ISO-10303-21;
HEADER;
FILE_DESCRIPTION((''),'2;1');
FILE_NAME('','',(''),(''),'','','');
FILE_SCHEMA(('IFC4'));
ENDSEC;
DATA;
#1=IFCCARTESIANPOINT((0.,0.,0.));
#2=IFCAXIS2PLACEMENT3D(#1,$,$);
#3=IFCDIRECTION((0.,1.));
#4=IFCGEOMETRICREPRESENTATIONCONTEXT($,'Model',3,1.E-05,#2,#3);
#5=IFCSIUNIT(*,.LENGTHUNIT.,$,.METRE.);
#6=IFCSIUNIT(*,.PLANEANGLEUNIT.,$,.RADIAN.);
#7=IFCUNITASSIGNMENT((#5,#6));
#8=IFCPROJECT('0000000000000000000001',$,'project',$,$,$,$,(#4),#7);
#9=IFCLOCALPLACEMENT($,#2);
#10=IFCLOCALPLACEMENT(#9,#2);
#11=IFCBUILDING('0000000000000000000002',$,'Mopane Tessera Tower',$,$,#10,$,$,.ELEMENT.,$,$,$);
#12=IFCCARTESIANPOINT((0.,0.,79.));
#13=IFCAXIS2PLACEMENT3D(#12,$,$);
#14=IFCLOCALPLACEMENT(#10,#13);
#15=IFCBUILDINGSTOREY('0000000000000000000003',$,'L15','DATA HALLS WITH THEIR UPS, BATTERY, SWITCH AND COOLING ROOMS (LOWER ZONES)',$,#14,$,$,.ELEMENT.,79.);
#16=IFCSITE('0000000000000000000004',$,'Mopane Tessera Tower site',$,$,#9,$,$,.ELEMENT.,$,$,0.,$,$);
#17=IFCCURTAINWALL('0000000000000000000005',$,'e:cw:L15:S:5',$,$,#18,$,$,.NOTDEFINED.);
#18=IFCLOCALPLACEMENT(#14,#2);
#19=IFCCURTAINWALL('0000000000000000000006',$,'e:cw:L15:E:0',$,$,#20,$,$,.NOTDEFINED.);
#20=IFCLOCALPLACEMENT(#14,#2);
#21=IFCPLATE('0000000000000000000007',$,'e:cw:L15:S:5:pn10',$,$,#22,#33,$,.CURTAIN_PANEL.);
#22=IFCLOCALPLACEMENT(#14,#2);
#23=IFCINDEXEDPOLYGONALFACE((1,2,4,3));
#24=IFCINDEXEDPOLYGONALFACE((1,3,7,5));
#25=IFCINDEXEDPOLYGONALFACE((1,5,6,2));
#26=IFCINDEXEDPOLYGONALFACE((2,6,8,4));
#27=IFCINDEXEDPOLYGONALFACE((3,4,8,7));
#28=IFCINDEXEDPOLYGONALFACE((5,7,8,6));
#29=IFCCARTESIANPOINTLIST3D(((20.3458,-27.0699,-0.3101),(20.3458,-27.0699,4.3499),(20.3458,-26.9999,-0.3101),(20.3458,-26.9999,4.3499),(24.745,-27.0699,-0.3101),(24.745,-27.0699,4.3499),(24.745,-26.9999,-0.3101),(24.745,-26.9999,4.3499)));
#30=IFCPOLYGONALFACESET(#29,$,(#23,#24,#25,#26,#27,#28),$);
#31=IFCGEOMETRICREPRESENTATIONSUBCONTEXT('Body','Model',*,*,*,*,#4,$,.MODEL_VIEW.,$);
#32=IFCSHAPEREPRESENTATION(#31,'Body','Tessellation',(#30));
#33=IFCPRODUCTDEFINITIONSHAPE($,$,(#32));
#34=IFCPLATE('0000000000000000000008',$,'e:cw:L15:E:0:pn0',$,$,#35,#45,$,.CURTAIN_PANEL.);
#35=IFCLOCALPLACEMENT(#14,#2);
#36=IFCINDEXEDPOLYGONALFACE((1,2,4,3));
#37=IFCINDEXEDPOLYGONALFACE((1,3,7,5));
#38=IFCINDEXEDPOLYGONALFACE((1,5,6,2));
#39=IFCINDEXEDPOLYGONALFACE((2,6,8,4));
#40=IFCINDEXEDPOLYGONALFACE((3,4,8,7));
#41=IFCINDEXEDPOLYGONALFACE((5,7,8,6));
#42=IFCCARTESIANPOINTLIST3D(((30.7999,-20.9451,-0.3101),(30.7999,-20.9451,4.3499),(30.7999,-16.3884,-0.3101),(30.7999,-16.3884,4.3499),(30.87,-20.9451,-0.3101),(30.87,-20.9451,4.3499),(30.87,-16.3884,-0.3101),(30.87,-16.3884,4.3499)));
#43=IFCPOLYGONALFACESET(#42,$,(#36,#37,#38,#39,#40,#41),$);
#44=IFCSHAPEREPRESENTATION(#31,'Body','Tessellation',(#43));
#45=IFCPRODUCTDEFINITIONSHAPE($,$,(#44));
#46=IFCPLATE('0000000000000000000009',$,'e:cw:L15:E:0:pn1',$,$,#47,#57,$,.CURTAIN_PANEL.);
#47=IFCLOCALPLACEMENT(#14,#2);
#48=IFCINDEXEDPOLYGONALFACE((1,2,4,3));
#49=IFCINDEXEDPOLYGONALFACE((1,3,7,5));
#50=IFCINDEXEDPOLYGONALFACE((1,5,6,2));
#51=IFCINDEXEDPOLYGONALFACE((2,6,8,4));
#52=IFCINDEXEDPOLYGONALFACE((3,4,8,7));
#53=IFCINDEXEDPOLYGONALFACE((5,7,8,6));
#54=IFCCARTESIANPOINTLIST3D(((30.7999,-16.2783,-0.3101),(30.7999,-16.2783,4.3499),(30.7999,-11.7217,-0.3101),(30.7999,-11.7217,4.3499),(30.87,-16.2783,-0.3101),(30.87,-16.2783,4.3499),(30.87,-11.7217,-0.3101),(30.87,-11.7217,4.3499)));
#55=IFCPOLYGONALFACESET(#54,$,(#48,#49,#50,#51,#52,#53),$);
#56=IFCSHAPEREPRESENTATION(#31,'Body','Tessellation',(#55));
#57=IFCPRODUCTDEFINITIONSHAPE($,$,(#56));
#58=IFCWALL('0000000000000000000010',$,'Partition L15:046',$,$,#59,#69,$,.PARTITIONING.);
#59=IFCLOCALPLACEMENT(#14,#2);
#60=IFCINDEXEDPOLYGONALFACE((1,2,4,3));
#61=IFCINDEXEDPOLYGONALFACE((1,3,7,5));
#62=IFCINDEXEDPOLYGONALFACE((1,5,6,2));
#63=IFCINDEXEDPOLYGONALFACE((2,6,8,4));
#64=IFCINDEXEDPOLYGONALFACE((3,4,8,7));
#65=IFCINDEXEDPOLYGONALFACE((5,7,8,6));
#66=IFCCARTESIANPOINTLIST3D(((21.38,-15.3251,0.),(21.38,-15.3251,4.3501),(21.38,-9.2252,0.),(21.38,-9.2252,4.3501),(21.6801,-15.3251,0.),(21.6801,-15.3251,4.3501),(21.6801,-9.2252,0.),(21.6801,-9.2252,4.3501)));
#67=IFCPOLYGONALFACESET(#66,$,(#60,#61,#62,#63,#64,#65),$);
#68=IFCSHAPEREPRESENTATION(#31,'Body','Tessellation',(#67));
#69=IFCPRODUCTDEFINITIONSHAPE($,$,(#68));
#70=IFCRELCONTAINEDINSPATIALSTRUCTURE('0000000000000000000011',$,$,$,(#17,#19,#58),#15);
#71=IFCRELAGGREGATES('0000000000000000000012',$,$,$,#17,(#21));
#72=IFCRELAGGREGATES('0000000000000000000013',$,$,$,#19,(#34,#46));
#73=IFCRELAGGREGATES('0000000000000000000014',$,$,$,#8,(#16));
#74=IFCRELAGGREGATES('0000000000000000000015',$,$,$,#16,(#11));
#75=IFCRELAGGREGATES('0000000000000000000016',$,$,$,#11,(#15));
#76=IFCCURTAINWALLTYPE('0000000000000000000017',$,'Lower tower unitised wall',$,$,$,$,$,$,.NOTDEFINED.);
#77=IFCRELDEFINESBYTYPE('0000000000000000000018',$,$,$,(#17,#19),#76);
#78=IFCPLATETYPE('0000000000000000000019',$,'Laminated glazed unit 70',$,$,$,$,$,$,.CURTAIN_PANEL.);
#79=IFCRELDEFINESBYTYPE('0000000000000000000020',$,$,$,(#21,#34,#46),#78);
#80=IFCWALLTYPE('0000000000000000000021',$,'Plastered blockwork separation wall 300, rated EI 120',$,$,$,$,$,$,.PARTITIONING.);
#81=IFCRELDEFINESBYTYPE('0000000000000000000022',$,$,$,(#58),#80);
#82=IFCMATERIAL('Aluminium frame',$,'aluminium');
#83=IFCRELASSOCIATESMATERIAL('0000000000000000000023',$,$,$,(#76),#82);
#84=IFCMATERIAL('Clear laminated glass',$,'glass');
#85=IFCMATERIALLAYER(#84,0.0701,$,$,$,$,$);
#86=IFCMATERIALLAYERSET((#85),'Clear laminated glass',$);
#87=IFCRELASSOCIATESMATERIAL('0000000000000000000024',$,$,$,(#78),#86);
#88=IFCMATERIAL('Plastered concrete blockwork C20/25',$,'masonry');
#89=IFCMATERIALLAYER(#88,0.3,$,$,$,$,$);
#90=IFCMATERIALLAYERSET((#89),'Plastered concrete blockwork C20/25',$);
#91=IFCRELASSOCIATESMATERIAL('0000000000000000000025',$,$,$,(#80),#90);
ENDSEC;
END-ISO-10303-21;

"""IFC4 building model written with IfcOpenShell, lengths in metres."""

from ifc_helpers import new_model, si_unit, direction, frame, frame_2d, origin, origin_2d, place, context, subcontext, project, spatial, rectangle, extrude, material, layer, layer_set, type_object, element, aggregate, save


model = new_model("IFC4")

# Units and contexts
model_context = context("Model", 3, precision=1e-05, world=origin(), true_north=direction((0.0, 1.0)))
body_context = subcontext(model_context, "Body", "Model", "MODEL_VIEW")
ifc_project = project(units=[si_unit("LENGTHUNIT", "METRE"), si_unit("PLANEANGLEUNIT", "RADIAN")], contexts=[model_context])

# Site, building, storey
site_placement = place(None, origin())
site = spatial("IfcSite", under=ifc_project, at=site_placement, Name="Mopane Tessera Tower site", CompositionType="ELEMENT", RefElevation=0.0)
building_placement = place(site_placement, origin())
building = spatial("IfcBuilding", under=site, at=building_placement, Name="Mopane Tessera Tower", CompositionType="ELEMENT")
storey_placement = place(building_placement, frame((0.0, 0.0, 79.0)))
storey = spatial("IfcBuildingStorey", under=building, at=storey_placement, Name="L15", Description="DATA HALLS WITH THEIR UPS, BATTERY, SWITCH AND COOLING ROOMS (LOWER ZONES)", CompositionType="ELEMENT", Elevation=79.0)

# Curtain walls
ifc_material_1 = material(Name="Aluminium frame", Category="aluminium")
curtain_wall_type = type_object("IfcCurtainWallType", Name="Lower tower unitised wall", PredefinedType="NOTDEFINED", material=ifc_material_1)
curtain_wall_1_placement = place(storey_placement, origin())
curtain_wall_1 = element("IfcCurtainWall", 1, at=curtain_wall_1_placement, inside=storey, type_object=curtain_wall_type, Name="e:cw:L15:S:5", PredefinedType="NOTDEFINED")
curtain_wall_2_placement = place(storey_placement, origin())
curtain_wall_2 = element("IfcCurtainWall", 2, at=curtain_wall_2_placement, inside=storey, type_object=curtain_wall_type, Name="e:cw:L15:E:0", PredefinedType="NOTDEFINED")

# Plates
ifc_material_2 = material(Name="Clear laminated glass", Category="glass")
ifc_layer_1 = layer(ifc_material_2, 0.0701)
ifc_layer_set_1 = layer_set([ifc_layer_1], Name="Clear laminated glass")
plate_type = type_object("IfcPlateType", Name="Laminated glazed unit 70", PredefinedType="CURTAIN_PANEL", material=ifc_layer_set_1)
plate_1_placement = place(storey_placement, frame((22.5454, -27.0349, -0.3101), z_axis=(0.0, 0.0, 1.0), x_axis=(1.0, 0.0, 0.0)))
plate_1 = element("IfcPlate", 3, at=plate_1_placement, type_object=plate_type, Name="e:cw:L15:S:5:pn10", PredefinedType="CURTAIN_PANEL", context=body_context, shape_type="SweptSolid", body=[
    extrude(rectangle(XDim=4.3992, YDim=0.0701, at=origin_2d()), origin(), (0.0, 0.0, 1.0), 4.6599),
])
aggregate(curtain_wall_1, [plate_1])
plate_2_placement = place(storey_placement, frame((30.835, -18.6667, -0.3101), z_axis=(0.0, 0.0, 1.0), x_axis=(0.0, 1.0, 0.0)))
plate_2 = element("IfcPlate", 4, at=plate_2_placement, type_object=plate_type, Name="e:cw:L15:E:0:pn0", PredefinedType="CURTAIN_PANEL", context=body_context, shape_type="SweptSolid", body=[
    extrude(rectangle(XDim=4.5566, YDim=0.0701, at=origin_2d()), origin(), (0.0, 0.0, 1.0), 4.6599),
])
plate_3_placement = place(storey_placement, frame((30.835, -14.0, -0.3101), z_axis=(0.0, 0.0, 1.0), x_axis=(0.0, 1.0, 0.0)))
plate_3 = element("IfcPlate", 5, at=plate_3_placement, type_object=plate_type, Name="e:cw:L15:E:0:pn1", PredefinedType="CURTAIN_PANEL", context=body_context, shape_type="SweptSolid", body=[
    extrude(rectangle(XDim=4.5566, YDim=0.0701, at=origin_2d()), origin(), (0.0, 0.0, 1.0), 4.6599),
])
aggregate(curtain_wall_2, [plate_2, plate_3])

# Wall
ifc_material_3 = material(Name="Plastered concrete blockwork C20/25", Category="masonry")
ifc_layer_2 = layer(ifc_material_3, 0.3)
ifc_layer_set_2 = layer_set([ifc_layer_2], Name="Plastered concrete blockwork C20/25")
wall_type = type_object("IfcWallType", Name="Plastered blockwork separation wall 300, rated EI 120", PredefinedType="PARTITIONING", material=ifc_layer_set_2)
wall_placement = place(storey_placement, frame((21.53, -15.325, 0.0), z_axis=(0.0, 0.0, 1.0), x_axis=(0.0, 1.0, 0.0)))
element("IfcWall", 6, at=wall_placement, inside=storey, type_object=wall_type, Name="Partition L15:046", PredefinedType="PARTITIONING", context=body_context, shape_type="SweptSolid", body=[
    extrude(rectangle(XDim=6.0999, YDim=0.3, at=frame_2d((3.0498, 0.0))), origin(), (0.0, 0.0, 1.0), 4.3501),
])

save(model, "model.ifc")
